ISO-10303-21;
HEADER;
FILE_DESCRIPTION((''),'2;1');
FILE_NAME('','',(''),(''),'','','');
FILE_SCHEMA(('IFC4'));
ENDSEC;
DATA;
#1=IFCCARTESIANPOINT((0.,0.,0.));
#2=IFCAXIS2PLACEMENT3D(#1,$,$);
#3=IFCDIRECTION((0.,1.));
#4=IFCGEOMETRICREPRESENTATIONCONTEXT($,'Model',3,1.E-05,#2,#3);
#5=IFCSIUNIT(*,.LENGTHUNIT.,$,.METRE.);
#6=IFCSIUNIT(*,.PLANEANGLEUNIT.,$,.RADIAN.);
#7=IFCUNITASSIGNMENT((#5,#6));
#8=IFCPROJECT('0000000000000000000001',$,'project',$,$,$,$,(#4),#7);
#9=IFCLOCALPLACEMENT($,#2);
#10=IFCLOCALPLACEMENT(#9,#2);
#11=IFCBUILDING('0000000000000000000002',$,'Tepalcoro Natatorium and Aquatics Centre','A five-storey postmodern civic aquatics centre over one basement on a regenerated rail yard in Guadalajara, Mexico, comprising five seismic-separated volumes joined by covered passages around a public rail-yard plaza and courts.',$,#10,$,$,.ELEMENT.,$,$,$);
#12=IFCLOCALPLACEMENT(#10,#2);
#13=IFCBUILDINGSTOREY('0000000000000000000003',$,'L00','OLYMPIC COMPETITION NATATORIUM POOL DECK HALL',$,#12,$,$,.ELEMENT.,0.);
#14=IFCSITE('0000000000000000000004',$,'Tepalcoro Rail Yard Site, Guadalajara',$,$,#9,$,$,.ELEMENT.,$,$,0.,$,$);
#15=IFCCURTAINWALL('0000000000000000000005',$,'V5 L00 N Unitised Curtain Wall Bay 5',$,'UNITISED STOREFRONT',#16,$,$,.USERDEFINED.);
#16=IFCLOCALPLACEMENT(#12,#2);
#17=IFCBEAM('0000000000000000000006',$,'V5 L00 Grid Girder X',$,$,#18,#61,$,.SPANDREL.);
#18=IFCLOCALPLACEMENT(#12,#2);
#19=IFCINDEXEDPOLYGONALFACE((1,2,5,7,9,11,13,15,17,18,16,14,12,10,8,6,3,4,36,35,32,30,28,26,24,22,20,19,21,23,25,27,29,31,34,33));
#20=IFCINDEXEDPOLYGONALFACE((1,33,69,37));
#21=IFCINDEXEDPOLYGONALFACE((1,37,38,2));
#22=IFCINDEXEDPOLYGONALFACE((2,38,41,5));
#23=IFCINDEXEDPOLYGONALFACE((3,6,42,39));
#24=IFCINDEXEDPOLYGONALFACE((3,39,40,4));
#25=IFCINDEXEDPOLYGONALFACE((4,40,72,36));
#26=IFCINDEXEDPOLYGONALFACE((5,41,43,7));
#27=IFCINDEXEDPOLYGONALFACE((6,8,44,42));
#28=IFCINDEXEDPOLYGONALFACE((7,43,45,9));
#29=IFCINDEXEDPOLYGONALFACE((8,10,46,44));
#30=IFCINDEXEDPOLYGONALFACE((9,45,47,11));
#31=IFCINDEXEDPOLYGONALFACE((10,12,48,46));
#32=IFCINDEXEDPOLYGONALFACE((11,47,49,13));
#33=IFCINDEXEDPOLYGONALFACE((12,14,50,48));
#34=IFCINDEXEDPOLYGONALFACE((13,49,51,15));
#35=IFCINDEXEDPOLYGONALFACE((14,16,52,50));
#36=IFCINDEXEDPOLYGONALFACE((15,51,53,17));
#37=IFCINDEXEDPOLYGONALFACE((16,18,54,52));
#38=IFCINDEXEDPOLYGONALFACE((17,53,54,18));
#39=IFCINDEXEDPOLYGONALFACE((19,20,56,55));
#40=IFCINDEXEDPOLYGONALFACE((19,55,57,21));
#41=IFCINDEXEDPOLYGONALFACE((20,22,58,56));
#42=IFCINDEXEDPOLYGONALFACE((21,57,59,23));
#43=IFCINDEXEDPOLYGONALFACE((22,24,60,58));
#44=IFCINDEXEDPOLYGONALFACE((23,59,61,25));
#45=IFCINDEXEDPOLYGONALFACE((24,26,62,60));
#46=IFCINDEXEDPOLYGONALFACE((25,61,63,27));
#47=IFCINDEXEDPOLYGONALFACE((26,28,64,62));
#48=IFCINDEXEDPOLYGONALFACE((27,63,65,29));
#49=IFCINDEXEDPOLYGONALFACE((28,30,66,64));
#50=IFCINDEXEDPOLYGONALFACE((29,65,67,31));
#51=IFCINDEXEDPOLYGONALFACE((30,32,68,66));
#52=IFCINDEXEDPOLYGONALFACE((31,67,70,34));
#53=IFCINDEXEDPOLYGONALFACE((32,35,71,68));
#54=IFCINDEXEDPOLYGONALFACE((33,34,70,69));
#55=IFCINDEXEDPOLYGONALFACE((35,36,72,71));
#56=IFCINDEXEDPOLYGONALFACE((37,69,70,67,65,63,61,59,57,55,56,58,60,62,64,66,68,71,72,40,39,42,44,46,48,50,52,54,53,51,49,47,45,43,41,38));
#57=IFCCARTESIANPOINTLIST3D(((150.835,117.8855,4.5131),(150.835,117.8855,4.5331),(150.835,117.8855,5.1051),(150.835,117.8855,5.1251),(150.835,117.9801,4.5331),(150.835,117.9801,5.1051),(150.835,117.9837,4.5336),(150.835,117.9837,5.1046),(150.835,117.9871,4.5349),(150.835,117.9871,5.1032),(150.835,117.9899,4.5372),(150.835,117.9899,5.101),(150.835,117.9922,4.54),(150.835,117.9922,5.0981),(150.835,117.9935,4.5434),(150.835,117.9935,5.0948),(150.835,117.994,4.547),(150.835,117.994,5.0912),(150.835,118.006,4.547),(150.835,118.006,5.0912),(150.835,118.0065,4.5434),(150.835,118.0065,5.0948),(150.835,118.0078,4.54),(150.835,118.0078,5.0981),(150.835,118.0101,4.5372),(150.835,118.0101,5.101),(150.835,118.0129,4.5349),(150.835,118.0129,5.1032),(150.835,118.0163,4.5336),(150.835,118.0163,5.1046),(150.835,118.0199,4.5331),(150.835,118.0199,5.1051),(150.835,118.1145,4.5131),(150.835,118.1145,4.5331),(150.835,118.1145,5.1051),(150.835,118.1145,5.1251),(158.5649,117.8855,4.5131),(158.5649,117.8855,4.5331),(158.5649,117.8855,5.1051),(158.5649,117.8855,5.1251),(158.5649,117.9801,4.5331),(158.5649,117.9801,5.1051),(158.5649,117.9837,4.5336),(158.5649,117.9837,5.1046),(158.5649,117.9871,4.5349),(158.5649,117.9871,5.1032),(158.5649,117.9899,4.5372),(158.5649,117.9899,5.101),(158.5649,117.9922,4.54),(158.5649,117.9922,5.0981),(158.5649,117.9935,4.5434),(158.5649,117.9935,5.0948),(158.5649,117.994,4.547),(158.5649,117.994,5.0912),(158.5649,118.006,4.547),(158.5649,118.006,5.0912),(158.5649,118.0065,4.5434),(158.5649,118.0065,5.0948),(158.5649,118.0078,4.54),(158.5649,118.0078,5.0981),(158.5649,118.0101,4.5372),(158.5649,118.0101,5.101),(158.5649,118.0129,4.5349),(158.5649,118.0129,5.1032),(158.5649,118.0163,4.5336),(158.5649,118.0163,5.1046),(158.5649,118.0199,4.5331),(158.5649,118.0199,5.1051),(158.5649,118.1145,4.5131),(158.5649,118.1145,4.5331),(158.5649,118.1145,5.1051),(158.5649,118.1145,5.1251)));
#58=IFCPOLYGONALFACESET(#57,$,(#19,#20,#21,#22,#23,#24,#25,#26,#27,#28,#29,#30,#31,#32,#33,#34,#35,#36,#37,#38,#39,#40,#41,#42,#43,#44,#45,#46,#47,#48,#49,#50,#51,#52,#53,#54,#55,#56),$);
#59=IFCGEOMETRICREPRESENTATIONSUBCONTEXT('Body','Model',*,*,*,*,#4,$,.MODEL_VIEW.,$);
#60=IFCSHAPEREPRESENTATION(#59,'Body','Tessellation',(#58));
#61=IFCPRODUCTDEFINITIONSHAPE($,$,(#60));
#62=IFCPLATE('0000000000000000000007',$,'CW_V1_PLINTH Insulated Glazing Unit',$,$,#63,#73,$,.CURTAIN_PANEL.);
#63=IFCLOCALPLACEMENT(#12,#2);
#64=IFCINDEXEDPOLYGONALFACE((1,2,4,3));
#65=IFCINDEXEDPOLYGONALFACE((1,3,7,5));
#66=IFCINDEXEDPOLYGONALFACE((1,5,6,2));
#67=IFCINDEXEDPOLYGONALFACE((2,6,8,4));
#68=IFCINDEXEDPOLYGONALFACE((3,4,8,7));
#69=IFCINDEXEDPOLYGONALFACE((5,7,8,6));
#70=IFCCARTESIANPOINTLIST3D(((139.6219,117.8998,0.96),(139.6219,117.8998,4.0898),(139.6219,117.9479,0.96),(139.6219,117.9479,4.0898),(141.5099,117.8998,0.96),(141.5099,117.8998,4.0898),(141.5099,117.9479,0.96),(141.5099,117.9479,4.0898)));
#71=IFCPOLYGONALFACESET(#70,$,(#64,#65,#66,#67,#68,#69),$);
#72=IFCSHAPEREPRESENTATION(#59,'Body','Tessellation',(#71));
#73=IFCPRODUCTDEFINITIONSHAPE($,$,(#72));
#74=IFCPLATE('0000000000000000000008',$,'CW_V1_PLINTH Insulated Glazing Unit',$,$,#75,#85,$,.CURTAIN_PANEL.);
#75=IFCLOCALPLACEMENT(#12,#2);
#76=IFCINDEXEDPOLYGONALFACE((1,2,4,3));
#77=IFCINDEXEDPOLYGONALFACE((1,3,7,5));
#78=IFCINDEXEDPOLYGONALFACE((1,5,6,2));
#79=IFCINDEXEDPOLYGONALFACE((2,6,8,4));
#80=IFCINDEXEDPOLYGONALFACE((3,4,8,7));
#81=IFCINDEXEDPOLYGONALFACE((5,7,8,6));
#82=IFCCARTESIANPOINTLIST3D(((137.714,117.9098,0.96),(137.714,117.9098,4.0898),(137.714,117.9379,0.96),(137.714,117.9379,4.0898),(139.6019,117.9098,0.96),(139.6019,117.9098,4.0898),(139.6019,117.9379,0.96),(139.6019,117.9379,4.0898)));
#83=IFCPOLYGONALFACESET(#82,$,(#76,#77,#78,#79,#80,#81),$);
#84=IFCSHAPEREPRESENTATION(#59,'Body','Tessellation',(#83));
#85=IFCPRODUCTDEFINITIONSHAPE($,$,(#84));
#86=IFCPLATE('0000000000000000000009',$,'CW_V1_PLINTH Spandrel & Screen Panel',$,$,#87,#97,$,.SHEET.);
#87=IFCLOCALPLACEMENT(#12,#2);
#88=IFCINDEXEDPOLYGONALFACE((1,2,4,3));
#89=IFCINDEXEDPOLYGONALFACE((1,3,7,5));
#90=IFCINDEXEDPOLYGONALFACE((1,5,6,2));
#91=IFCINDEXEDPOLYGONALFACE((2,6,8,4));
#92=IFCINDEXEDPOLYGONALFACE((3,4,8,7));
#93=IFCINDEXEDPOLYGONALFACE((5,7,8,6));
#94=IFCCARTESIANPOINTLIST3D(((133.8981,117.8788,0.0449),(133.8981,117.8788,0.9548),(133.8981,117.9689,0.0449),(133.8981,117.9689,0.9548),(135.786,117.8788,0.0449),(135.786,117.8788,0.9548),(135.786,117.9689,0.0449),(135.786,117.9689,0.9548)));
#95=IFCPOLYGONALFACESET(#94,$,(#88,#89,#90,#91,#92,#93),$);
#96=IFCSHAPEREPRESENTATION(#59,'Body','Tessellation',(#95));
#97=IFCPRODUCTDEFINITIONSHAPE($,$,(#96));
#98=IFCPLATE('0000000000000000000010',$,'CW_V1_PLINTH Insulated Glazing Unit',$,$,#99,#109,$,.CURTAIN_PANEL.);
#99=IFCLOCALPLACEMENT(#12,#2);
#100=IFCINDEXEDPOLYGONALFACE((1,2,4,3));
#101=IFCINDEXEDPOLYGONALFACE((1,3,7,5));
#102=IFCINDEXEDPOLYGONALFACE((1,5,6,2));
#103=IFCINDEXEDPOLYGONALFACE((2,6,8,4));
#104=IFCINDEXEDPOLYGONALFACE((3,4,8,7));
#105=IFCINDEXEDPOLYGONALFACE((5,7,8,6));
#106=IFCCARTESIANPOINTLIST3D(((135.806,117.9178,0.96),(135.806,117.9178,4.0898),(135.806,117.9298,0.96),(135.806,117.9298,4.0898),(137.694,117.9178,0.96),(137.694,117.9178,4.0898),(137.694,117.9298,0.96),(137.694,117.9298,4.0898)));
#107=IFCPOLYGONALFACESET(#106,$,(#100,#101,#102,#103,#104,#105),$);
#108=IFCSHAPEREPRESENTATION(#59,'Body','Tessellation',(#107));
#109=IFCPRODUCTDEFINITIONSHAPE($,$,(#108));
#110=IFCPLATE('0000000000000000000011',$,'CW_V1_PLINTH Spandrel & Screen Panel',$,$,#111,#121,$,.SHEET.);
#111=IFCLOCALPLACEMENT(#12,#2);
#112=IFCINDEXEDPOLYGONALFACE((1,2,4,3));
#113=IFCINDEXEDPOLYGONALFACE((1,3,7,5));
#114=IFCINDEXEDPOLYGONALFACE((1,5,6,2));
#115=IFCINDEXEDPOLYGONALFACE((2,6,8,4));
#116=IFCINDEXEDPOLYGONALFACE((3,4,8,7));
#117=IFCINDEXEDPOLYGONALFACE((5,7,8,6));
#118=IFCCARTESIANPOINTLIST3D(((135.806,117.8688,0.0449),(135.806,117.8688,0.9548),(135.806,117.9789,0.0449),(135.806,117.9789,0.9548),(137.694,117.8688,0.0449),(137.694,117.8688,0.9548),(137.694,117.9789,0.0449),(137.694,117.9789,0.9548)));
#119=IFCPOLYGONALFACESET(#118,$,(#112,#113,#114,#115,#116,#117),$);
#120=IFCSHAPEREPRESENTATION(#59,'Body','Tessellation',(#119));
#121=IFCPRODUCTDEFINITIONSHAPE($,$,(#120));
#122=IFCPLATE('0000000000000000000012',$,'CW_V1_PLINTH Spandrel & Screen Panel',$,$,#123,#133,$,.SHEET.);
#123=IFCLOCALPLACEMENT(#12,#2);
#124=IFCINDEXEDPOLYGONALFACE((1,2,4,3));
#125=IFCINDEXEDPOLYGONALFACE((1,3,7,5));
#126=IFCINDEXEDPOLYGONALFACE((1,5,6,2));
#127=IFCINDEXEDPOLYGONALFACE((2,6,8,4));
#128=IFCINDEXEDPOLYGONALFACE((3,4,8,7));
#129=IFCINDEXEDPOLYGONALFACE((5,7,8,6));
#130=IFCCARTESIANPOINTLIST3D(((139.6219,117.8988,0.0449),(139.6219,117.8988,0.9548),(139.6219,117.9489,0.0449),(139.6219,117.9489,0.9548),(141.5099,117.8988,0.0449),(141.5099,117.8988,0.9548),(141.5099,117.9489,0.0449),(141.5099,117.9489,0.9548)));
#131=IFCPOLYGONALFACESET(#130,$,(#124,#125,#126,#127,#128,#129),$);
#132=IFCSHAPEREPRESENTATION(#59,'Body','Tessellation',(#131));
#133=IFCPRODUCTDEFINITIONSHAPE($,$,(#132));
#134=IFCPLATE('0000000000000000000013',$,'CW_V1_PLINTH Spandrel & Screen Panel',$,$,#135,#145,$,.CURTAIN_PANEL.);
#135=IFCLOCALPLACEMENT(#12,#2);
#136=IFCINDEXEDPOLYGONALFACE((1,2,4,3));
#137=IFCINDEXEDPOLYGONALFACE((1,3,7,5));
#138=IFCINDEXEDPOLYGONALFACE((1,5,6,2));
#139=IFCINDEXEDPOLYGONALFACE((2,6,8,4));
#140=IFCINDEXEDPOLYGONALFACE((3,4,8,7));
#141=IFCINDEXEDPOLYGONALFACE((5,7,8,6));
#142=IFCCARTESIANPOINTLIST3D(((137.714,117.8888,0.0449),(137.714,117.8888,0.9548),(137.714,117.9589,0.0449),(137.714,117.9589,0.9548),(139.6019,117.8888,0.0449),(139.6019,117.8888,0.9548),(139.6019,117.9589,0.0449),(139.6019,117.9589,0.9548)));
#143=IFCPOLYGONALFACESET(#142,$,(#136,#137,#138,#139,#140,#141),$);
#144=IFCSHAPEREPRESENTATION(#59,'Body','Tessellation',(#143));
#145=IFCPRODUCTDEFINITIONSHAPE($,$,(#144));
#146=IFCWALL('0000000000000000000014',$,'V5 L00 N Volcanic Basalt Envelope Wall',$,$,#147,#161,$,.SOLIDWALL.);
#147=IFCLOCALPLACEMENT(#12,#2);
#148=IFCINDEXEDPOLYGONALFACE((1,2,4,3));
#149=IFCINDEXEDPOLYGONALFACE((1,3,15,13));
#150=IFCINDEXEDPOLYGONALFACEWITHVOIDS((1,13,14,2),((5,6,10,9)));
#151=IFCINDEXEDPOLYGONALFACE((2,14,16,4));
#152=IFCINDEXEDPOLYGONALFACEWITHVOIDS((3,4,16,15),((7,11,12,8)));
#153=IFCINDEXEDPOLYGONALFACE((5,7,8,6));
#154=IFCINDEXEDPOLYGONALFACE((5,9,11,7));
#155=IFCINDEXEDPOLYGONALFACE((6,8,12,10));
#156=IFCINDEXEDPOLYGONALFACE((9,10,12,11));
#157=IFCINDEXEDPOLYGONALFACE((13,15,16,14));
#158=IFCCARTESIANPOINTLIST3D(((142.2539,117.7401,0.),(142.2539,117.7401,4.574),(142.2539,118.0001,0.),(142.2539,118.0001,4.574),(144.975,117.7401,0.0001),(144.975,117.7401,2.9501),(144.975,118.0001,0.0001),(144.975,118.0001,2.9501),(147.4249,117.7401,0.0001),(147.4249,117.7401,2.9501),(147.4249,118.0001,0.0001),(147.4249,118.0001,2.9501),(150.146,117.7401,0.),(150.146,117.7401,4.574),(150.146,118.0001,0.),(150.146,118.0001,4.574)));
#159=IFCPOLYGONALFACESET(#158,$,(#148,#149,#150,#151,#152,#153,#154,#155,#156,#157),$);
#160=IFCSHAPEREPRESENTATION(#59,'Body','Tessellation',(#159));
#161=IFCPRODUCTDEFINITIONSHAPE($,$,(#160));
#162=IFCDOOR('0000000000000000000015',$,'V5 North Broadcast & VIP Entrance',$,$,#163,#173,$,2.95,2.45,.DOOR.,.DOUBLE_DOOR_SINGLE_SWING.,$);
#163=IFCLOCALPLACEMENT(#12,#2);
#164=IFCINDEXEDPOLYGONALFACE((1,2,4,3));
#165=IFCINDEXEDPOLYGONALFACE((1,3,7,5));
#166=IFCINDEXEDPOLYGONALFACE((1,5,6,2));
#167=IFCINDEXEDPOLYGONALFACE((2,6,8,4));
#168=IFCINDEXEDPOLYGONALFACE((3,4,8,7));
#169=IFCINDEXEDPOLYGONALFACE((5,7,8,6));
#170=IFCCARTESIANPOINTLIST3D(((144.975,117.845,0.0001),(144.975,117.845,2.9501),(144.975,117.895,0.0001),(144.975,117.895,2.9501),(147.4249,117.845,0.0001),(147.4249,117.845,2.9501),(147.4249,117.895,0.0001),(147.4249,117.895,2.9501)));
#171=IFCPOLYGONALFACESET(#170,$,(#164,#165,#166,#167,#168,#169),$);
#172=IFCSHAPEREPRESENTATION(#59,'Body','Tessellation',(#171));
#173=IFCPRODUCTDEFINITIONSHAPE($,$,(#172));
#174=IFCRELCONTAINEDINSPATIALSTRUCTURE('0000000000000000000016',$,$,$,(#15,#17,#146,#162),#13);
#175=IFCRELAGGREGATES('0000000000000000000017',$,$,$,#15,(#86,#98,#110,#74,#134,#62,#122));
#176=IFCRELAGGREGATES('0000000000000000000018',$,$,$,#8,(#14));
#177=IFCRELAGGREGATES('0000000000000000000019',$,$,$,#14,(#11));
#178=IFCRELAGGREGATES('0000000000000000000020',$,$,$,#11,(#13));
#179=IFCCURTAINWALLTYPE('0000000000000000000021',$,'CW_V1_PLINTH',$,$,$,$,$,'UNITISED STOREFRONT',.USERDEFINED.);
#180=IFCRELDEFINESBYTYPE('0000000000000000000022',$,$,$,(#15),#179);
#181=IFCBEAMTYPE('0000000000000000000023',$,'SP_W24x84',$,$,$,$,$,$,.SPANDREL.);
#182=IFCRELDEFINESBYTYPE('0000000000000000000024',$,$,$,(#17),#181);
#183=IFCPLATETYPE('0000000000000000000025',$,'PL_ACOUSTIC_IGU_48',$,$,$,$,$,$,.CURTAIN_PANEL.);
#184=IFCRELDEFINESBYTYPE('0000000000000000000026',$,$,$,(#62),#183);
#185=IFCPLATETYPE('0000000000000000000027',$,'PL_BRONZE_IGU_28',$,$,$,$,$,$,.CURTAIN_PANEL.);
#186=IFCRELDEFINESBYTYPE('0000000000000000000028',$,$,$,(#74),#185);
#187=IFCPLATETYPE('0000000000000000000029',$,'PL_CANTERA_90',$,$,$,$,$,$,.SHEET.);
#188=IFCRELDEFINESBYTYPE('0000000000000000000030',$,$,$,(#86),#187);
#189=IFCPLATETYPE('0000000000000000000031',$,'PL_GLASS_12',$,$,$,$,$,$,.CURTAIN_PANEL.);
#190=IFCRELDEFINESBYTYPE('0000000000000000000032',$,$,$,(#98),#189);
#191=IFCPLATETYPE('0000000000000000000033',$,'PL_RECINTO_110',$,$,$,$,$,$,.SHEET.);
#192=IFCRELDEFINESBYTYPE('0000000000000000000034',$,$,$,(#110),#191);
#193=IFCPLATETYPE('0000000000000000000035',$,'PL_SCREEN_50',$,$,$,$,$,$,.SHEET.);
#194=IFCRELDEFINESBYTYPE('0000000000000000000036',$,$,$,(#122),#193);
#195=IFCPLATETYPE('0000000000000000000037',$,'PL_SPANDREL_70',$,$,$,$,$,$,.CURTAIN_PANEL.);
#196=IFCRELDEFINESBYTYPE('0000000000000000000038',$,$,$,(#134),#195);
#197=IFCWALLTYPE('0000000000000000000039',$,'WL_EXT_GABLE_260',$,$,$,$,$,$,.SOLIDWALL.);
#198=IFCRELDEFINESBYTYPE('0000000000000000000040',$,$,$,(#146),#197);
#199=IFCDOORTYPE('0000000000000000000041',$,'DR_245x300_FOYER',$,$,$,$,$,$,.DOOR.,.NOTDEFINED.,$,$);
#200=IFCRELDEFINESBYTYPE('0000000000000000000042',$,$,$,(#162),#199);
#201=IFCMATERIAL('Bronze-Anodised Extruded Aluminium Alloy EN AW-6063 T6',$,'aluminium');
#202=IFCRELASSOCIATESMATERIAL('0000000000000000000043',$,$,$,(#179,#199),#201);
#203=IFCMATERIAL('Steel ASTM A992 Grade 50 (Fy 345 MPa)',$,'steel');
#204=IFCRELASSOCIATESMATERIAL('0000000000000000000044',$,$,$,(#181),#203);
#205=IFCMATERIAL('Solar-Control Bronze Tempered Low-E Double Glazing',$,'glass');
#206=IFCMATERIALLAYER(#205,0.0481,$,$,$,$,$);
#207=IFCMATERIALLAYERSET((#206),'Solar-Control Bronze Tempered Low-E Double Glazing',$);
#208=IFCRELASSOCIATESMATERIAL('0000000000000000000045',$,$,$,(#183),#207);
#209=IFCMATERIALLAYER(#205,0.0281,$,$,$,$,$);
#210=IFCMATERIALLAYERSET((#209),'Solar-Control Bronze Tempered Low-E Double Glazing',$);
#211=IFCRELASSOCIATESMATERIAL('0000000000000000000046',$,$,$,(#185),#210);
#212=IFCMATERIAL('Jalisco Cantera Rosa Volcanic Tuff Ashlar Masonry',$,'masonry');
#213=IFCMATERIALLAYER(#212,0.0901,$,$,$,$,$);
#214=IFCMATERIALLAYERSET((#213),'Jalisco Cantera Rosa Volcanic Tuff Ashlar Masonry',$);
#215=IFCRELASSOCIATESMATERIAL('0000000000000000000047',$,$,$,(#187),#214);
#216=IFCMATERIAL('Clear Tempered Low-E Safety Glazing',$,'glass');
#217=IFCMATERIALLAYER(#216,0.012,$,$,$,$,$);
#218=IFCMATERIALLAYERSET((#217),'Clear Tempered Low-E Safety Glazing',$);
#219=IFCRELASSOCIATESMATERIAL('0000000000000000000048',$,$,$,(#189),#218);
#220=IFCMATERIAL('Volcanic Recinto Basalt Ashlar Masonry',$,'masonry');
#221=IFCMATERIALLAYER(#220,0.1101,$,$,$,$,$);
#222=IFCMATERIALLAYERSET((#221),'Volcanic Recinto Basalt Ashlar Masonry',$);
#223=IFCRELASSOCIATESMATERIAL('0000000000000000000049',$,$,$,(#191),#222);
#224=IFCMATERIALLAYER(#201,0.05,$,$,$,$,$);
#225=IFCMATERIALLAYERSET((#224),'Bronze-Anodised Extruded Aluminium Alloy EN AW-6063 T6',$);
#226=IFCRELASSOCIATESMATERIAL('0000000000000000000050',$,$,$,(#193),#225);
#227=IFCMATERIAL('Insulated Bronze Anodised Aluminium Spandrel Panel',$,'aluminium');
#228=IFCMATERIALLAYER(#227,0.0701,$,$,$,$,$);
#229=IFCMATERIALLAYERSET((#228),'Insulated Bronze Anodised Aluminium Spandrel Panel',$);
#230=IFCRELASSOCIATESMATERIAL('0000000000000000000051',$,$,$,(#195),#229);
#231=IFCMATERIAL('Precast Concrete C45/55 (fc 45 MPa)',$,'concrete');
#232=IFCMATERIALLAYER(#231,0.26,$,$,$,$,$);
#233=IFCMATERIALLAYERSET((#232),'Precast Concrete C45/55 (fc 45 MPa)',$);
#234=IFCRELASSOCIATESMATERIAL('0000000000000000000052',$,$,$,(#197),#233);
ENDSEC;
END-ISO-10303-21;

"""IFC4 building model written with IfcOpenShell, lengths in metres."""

from ifc_helpers import new_model, si_unit, direction, frame, frame_2d, origin, origin_2d, place, context, subcontext, project, spatial, rectangle, i_section, extrude, material, layer, layer_set, material_profile, profile_set, type_object, element, fill, aggregate, save


model = new_model("IFC4")

# Units and contexts
model_context = context("Model", 3, precision=1e-05, world=origin(), true_north=direction((0.0, 1.0)))
body_context = subcontext(model_context, "Body", "Model", "MODEL_VIEW")
ifc_project = project(units=[si_unit("LENGTHUNIT", "METRE"), si_unit("PLANEANGLEUNIT", "RADIAN")], contexts=[model_context])

# Site, building, storey
site_placement = place(None, origin())
site = spatial("IfcSite", under=ifc_project, at=site_placement, Name="Tepalcoro Rail Yard Site, Guadalajara", CompositionType="ELEMENT", RefElevation=0.0)
building_placement = place(site_placement, origin())
building = spatial("IfcBuilding", under=site, at=building_placement, Name="Tepalcoro Natatorium and Aquatics Centre", Description="A five-storey postmodern civic aquatics centre over one basement on a regenerated rail yard in Guadalajara, Mexico, comprising five seismic-separated volumes joined by covered passages around a public rail-yard plaza and courts.", CompositionType="ELEMENT")
storey_placement = place(building_placement, origin())
storey = spatial("IfcBuildingStorey", under=building, at=storey_placement, Name="L00", Description="OLYMPIC COMPETITION NATATORIUM POOL DECK HALL", CompositionType="ELEMENT", Elevation=0.0)

# Shared definitions
ifc_material_1 = material(Name="Steel ASTM A992 Grade 50 (Fy 345 MPa)", Category="steel")

# Curtain wall
ifc_material_2 = material(Name="Bronze-Anodised Extruded Aluminium Alloy EN AW-6063 T6", Category="aluminium")
curtain_wall_type = type_object("IfcCurtainWallType", Name="CW_V1_PLINTH", ElementType="UNITISED STOREFRONT", PredefinedType="USERDEFINED", material=ifc_material_2)
curtain_wall_placement = place(storey_placement, origin())
curtain_wall = element("IfcCurtainWall", 1, at=curtain_wall_placement, inside=storey, type_object=curtain_wall_type, Name="V5 L00 N Unitised Curtain Wall Bay 5", ObjectType="UNITISED STOREFRONT", PredefinedType="USERDEFINED")

# Beam
ifc_material_profile_1 = material_profile(ifc_material_1, i_section(OverallWidth=0.229, OverallDepth=0.6121, WebThickness=0.012, FlangeThickness=0.02, FilletRadius=0.0139, at=origin_2d()), Name="W24X84")
ifc_profile_set_1 = profile_set([ifc_material_profile_1], Name="Steel ASTM A992 Grade 50 (Fy 345 MPa)")
beam_type_1 = type_object("IfcBeamType", Name="SP_W24x84", PredefinedType="SPANDREL", material=ifc_profile_set_1)
beam_1_placement = place(storey_placement, frame((150.835, 118.0, 4.8191), z_axis=(1.0, 0.0, 0.0), x_axis=(0.0, 1.0, 0.0)))
element("IfcBeam", 2, at=beam_1_placement, inside=storey, type_object=beam_type_1, Name="V5 L00 Grid Girder X", PredefinedType="SPANDREL", context=body_context, shape_type="SweptSolid", body=[
    extrude(i_section(OverallWidth=0.229, OverallDepth=0.6121, WebThickness=0.012, FlangeThickness=0.02, FilletRadius=0.0139, at=origin_2d()), origin(), (0.0, 0.0, 1.0), 7.73),
])

# Plates
ifc_material_3 = material(Name="Solar-Control Bronze Tempered Low-E Double Glazing", Category="glass")
ifc_layer_1 = layer(ifc_material_3, 0.0481)
ifc_layer_set_1 = layer_set([ifc_layer_1], Name="Solar-Control Bronze Tempered Low-E Double Glazing")
plate_type_1 = type_object("IfcPlateType", Name="PL_ACOUSTIC_IGU_48", PredefinedType="CURTAIN_PANEL", material=ifc_layer_set_1)
plate_1_placement = place(storey_placement, frame((140.5659, 117.9238, 0.96), z_axis=(0.0, 0.0, 1.0), x_axis=(1.0, 0.0, 0.0)))
plate_1 = element("IfcPlate", 3, at=plate_1_placement, type_object=plate_type_1, Name="CW_V1_PLINTH Insulated Glazing Unit", PredefinedType="CURTAIN_PANEL", context=body_context, shape_type="SweptSolid", body=[
    extrude(rectangle(XDim=1.8879, YDim=0.0481, at=origin_2d()), origin(), (0.0, 0.0, 1.0), 3.1299),
])
ifc_layer_2 = layer(ifc_material_3, 0.0281)
ifc_layer_set_2 = layer_set([ifc_layer_2], Name="Solar-Control Bronze Tempered Low-E Double Glazing")
plate_type_2 = type_object("IfcPlateType", Name="PL_BRONZE_IGU_28", PredefinedType="CURTAIN_PANEL", material=ifc_layer_set_2)
plate_2_placement = place(storey_placement, frame((138.658, 117.9238, 0.96), z_axis=(0.0, 0.0, 1.0), x_axis=(1.0, 0.0, 0.0)))
plate_2 = element("IfcPlate", 4, at=plate_2_placement, type_object=plate_type_2, Name="CW_V1_PLINTH Insulated Glazing Unit", PredefinedType="CURTAIN_PANEL", context=body_context, shape_type="SweptSolid", body=[
    extrude(rectangle(XDim=1.8879, YDim=0.0281, at=origin_2d()), origin(), (0.0, 0.0, 1.0), 3.1299),
])
ifc_material_4 = material(Name="Jalisco Cantera Rosa Volcanic Tuff Ashlar Masonry", Category="masonry")
ifc_layer_3 = layer(ifc_material_4, 0.0901)
ifc_layer_set_3 = layer_set([ifc_layer_3], Name="Jalisco Cantera Rosa Volcanic Tuff Ashlar Masonry")
plate_type_3 = type_object("IfcPlateType", Name="PL_CANTERA_90", PredefinedType="SHEET", material=ifc_layer_set_3)
plate_3_placement = place(storey_placement, frame((134.842, 117.9238, 0.0449), z_axis=(0.0, 0.0, 1.0), x_axis=(1.0, 0.0, 0.0)))
plate_3 = element("IfcPlate", 5, at=plate_3_placement, type_object=plate_type_3, Name="CW_V1_PLINTH Spandrel & Screen Panel", PredefinedType="SHEET", context=body_context, shape_type="SweptSolid", body=[
    extrude(rectangle(XDim=1.8879, YDim=0.0901, at=origin_2d()), origin(), (0.0, 0.0, 1.0), 0.9099),
])
ifc_material_5 = material(Name="Clear Tempered Low-E Safety Glazing", Category="glass")
ifc_layer_4 = layer(ifc_material_5, 0.012)
ifc_layer_set_4 = layer_set([ifc_layer_4], Name="Clear Tempered Low-E Safety Glazing")
plate_type_4 = type_object("IfcPlateType", Name="PL_GLASS_12", PredefinedType="CURTAIN_PANEL", material=ifc_layer_set_4)
plate_4_placement = place(storey_placement, frame((136.75, 117.9238, 0.96), z_axis=(0.0, 0.0, 1.0), x_axis=(1.0, 0.0, 0.0)))
plate_4 = element("IfcPlate", 6, at=plate_4_placement, type_object=plate_type_4, Name="CW_V1_PLINTH Insulated Glazing Unit", PredefinedType="CURTAIN_PANEL", context=body_context, shape_type="SweptSolid", body=[
    extrude(rectangle(XDim=1.8879, YDim=0.012, at=origin_2d()), origin(), (0.0, 0.0, 1.0), 3.1299),
])
ifc_material_6 = material(Name="Volcanic Recinto Basalt Ashlar Masonry", Category="masonry")
ifc_layer_5 = layer(ifc_material_6, 0.1101)
ifc_layer_set_5 = layer_set([ifc_layer_5], Name="Volcanic Recinto Basalt Ashlar Masonry")
plate_type_5 = type_object("IfcPlateType", Name="PL_RECINTO_110", PredefinedType="SHEET", material=ifc_layer_set_5)
plate_5_placement = place(storey_placement, frame((136.75, 117.9238, 0.0449), z_axis=(0.0, 0.0, 1.0), x_axis=(1.0, 0.0, 0.0)))
plate_5 = element("IfcPlate", 7, at=plate_5_placement, type_object=plate_type_5, Name="CW_V1_PLINTH Spandrel & Screen Panel", PredefinedType="SHEET", context=body_context, shape_type="SweptSolid", body=[
    extrude(rectangle(XDim=1.8879, YDim=0.1101, at=origin_2d()), origin(), (0.0, 0.0, 1.0), 0.9099),
])
ifc_layer_6 = layer(ifc_material_2, 0.05)
ifc_layer_set_6 = layer_set([ifc_layer_6], Name="Bronze-Anodised Extruded Aluminium Alloy EN AW-6063 T6")
plate_type_6 = type_object("IfcPlateType", Name="PL_SCREEN_50", PredefinedType="SHEET", material=ifc_layer_set_6)
plate_6_placement = place(storey_placement, frame((140.5659, 117.9238, 0.0449), z_axis=(0.0, 0.0, 1.0), x_axis=(1.0, 0.0, 0.0)))
plate_6 = element("IfcPlate", 8, at=plate_6_placement, type_object=plate_type_6, Name="CW_V1_PLINTH Spandrel & Screen Panel", PredefinedType="SHEET", context=body_context, shape_type="SweptSolid", body=[
    extrude(rectangle(XDim=1.8879, YDim=0.05, at=origin_2d()), origin(), (0.0, 0.0, 1.0), 0.9099),
])
ifc_material_7 = material(Name="Insulated Bronze Anodised Aluminium Spandrel Panel", Category="aluminium")
ifc_layer_7 = layer(ifc_material_7, 0.0701)
ifc_layer_set_7 = layer_set([ifc_layer_7], Name="Insulated Bronze Anodised Aluminium Spandrel Panel")
plate_type_7 = type_object("IfcPlateType", Name="PL_SPANDREL_70", PredefinedType="CURTAIN_PANEL", material=ifc_layer_set_7)
plate_7_placement = place(storey_placement, frame((138.658, 117.9238, 0.0449), z_axis=(0.0, 0.0, 1.0), x_axis=(1.0, 0.0, 0.0)))
plate_7 = element("IfcPlate", 9, at=plate_7_placement, type_object=plate_type_7, Name="CW_V1_PLINTH Spandrel & Screen Panel", PredefinedType="CURTAIN_PANEL", context=body_context, shape_type="SweptSolid", body=[
    extrude(rectangle(XDim=1.8879, YDim=0.0701, at=origin_2d()), origin(), (0.0, 0.0, 1.0), 0.9099),
])
aggregate(curtain_wall, [plate_3, plate_4, plate_5, plate_2, plate_7, plate_1, plate_6])

# Wall, opening, door
ifc_material_8 = material(Name="Precast Concrete C45/55 (fc 45 MPa)", Category="concrete")
ifc_layer_8 = layer(ifc_material_8, 0.26)
ifc_layer_set_8 = layer_set([ifc_layer_8], Name="Precast Concrete C45/55 (fc 45 MPa)")
wall_type_1 = type_object("IfcWallType", Name="WL_EXT_GABLE_260", PredefinedType="SOLIDWALL", material=ifc_layer_set_8)
wall_1_placement = place(storey_placement, frame((142.2539, 117.8701, 0.0), z_axis=(0.0, 0.0, 1.0), x_axis=(1.0, 0.0, 0.0)))
wall_1 = element("IfcWall", 10, at=wall_1_placement, inside=storey, type_object=wall_type_1, Name="V5 L00 N Volcanic Basalt Envelope Wall", PredefinedType="SOLIDWALL", context=body_context, shape_type="SweptSolid", body=[
    extrude(rectangle(XDim=7.8921, YDim=0.26, at=frame_2d((3.946, 0.0))), origin(), (0.0, 0.0, 1.0), 4.574),
])
opening_1_placement = place(wall_1_placement, frame((2.7209, 0.0, 0.0)))
opening_1 = element("IfcOpeningElement", 11, at=opening_1_placement, cuts=wall_1, PredefinedType="OPENING", context=body_context, shape_type="SweptSolid", body=[
    extrude(rectangle(XDim=2.45, YDim=2.95, at=frame_2d((1.2251, 1.4751))), frame((0.0, 0.1421, 0.0), z_axis=(0.0, -1.0, 0.0), x_axis=(1.0, 0.0, 0.0)), (0.0, 0.0, 1.0), 0.2839),
])
door_type_1 = type_object("IfcDoorType", Name="DR_245x300_FOYER", OperationType="NOTDEFINED", PredefinedType="DOOR", material=ifc_material_2)
door_1_placement = place(opening_1_placement, origin())
door_1 = element("IfcDoor", 12, at=door_1_placement, inside=storey, type_object=door_type_1, Name="V5 North Broadcast & VIP Entrance", OperationType="DOUBLE_DOOR_SINGLE_SWING", OverallHeight=2.95, OverallWidth=2.45, PredefinedType="DOOR", context=body_context, shape_type="SweptSolid", body=[
    extrude(rectangle(XDim=2.45, YDim=2.95, at=frame_2d((1.2251, 1.4751))), frame((0.0, 0.0249, 0.0), z_axis=(0.0, -1.0, 0.0), x_axis=(1.0, 0.0, 0.0)), (0.0, 0.0, 1.0), 0.05),
])
fill(opening_1, door_1)

save(model, "model.ifc")
